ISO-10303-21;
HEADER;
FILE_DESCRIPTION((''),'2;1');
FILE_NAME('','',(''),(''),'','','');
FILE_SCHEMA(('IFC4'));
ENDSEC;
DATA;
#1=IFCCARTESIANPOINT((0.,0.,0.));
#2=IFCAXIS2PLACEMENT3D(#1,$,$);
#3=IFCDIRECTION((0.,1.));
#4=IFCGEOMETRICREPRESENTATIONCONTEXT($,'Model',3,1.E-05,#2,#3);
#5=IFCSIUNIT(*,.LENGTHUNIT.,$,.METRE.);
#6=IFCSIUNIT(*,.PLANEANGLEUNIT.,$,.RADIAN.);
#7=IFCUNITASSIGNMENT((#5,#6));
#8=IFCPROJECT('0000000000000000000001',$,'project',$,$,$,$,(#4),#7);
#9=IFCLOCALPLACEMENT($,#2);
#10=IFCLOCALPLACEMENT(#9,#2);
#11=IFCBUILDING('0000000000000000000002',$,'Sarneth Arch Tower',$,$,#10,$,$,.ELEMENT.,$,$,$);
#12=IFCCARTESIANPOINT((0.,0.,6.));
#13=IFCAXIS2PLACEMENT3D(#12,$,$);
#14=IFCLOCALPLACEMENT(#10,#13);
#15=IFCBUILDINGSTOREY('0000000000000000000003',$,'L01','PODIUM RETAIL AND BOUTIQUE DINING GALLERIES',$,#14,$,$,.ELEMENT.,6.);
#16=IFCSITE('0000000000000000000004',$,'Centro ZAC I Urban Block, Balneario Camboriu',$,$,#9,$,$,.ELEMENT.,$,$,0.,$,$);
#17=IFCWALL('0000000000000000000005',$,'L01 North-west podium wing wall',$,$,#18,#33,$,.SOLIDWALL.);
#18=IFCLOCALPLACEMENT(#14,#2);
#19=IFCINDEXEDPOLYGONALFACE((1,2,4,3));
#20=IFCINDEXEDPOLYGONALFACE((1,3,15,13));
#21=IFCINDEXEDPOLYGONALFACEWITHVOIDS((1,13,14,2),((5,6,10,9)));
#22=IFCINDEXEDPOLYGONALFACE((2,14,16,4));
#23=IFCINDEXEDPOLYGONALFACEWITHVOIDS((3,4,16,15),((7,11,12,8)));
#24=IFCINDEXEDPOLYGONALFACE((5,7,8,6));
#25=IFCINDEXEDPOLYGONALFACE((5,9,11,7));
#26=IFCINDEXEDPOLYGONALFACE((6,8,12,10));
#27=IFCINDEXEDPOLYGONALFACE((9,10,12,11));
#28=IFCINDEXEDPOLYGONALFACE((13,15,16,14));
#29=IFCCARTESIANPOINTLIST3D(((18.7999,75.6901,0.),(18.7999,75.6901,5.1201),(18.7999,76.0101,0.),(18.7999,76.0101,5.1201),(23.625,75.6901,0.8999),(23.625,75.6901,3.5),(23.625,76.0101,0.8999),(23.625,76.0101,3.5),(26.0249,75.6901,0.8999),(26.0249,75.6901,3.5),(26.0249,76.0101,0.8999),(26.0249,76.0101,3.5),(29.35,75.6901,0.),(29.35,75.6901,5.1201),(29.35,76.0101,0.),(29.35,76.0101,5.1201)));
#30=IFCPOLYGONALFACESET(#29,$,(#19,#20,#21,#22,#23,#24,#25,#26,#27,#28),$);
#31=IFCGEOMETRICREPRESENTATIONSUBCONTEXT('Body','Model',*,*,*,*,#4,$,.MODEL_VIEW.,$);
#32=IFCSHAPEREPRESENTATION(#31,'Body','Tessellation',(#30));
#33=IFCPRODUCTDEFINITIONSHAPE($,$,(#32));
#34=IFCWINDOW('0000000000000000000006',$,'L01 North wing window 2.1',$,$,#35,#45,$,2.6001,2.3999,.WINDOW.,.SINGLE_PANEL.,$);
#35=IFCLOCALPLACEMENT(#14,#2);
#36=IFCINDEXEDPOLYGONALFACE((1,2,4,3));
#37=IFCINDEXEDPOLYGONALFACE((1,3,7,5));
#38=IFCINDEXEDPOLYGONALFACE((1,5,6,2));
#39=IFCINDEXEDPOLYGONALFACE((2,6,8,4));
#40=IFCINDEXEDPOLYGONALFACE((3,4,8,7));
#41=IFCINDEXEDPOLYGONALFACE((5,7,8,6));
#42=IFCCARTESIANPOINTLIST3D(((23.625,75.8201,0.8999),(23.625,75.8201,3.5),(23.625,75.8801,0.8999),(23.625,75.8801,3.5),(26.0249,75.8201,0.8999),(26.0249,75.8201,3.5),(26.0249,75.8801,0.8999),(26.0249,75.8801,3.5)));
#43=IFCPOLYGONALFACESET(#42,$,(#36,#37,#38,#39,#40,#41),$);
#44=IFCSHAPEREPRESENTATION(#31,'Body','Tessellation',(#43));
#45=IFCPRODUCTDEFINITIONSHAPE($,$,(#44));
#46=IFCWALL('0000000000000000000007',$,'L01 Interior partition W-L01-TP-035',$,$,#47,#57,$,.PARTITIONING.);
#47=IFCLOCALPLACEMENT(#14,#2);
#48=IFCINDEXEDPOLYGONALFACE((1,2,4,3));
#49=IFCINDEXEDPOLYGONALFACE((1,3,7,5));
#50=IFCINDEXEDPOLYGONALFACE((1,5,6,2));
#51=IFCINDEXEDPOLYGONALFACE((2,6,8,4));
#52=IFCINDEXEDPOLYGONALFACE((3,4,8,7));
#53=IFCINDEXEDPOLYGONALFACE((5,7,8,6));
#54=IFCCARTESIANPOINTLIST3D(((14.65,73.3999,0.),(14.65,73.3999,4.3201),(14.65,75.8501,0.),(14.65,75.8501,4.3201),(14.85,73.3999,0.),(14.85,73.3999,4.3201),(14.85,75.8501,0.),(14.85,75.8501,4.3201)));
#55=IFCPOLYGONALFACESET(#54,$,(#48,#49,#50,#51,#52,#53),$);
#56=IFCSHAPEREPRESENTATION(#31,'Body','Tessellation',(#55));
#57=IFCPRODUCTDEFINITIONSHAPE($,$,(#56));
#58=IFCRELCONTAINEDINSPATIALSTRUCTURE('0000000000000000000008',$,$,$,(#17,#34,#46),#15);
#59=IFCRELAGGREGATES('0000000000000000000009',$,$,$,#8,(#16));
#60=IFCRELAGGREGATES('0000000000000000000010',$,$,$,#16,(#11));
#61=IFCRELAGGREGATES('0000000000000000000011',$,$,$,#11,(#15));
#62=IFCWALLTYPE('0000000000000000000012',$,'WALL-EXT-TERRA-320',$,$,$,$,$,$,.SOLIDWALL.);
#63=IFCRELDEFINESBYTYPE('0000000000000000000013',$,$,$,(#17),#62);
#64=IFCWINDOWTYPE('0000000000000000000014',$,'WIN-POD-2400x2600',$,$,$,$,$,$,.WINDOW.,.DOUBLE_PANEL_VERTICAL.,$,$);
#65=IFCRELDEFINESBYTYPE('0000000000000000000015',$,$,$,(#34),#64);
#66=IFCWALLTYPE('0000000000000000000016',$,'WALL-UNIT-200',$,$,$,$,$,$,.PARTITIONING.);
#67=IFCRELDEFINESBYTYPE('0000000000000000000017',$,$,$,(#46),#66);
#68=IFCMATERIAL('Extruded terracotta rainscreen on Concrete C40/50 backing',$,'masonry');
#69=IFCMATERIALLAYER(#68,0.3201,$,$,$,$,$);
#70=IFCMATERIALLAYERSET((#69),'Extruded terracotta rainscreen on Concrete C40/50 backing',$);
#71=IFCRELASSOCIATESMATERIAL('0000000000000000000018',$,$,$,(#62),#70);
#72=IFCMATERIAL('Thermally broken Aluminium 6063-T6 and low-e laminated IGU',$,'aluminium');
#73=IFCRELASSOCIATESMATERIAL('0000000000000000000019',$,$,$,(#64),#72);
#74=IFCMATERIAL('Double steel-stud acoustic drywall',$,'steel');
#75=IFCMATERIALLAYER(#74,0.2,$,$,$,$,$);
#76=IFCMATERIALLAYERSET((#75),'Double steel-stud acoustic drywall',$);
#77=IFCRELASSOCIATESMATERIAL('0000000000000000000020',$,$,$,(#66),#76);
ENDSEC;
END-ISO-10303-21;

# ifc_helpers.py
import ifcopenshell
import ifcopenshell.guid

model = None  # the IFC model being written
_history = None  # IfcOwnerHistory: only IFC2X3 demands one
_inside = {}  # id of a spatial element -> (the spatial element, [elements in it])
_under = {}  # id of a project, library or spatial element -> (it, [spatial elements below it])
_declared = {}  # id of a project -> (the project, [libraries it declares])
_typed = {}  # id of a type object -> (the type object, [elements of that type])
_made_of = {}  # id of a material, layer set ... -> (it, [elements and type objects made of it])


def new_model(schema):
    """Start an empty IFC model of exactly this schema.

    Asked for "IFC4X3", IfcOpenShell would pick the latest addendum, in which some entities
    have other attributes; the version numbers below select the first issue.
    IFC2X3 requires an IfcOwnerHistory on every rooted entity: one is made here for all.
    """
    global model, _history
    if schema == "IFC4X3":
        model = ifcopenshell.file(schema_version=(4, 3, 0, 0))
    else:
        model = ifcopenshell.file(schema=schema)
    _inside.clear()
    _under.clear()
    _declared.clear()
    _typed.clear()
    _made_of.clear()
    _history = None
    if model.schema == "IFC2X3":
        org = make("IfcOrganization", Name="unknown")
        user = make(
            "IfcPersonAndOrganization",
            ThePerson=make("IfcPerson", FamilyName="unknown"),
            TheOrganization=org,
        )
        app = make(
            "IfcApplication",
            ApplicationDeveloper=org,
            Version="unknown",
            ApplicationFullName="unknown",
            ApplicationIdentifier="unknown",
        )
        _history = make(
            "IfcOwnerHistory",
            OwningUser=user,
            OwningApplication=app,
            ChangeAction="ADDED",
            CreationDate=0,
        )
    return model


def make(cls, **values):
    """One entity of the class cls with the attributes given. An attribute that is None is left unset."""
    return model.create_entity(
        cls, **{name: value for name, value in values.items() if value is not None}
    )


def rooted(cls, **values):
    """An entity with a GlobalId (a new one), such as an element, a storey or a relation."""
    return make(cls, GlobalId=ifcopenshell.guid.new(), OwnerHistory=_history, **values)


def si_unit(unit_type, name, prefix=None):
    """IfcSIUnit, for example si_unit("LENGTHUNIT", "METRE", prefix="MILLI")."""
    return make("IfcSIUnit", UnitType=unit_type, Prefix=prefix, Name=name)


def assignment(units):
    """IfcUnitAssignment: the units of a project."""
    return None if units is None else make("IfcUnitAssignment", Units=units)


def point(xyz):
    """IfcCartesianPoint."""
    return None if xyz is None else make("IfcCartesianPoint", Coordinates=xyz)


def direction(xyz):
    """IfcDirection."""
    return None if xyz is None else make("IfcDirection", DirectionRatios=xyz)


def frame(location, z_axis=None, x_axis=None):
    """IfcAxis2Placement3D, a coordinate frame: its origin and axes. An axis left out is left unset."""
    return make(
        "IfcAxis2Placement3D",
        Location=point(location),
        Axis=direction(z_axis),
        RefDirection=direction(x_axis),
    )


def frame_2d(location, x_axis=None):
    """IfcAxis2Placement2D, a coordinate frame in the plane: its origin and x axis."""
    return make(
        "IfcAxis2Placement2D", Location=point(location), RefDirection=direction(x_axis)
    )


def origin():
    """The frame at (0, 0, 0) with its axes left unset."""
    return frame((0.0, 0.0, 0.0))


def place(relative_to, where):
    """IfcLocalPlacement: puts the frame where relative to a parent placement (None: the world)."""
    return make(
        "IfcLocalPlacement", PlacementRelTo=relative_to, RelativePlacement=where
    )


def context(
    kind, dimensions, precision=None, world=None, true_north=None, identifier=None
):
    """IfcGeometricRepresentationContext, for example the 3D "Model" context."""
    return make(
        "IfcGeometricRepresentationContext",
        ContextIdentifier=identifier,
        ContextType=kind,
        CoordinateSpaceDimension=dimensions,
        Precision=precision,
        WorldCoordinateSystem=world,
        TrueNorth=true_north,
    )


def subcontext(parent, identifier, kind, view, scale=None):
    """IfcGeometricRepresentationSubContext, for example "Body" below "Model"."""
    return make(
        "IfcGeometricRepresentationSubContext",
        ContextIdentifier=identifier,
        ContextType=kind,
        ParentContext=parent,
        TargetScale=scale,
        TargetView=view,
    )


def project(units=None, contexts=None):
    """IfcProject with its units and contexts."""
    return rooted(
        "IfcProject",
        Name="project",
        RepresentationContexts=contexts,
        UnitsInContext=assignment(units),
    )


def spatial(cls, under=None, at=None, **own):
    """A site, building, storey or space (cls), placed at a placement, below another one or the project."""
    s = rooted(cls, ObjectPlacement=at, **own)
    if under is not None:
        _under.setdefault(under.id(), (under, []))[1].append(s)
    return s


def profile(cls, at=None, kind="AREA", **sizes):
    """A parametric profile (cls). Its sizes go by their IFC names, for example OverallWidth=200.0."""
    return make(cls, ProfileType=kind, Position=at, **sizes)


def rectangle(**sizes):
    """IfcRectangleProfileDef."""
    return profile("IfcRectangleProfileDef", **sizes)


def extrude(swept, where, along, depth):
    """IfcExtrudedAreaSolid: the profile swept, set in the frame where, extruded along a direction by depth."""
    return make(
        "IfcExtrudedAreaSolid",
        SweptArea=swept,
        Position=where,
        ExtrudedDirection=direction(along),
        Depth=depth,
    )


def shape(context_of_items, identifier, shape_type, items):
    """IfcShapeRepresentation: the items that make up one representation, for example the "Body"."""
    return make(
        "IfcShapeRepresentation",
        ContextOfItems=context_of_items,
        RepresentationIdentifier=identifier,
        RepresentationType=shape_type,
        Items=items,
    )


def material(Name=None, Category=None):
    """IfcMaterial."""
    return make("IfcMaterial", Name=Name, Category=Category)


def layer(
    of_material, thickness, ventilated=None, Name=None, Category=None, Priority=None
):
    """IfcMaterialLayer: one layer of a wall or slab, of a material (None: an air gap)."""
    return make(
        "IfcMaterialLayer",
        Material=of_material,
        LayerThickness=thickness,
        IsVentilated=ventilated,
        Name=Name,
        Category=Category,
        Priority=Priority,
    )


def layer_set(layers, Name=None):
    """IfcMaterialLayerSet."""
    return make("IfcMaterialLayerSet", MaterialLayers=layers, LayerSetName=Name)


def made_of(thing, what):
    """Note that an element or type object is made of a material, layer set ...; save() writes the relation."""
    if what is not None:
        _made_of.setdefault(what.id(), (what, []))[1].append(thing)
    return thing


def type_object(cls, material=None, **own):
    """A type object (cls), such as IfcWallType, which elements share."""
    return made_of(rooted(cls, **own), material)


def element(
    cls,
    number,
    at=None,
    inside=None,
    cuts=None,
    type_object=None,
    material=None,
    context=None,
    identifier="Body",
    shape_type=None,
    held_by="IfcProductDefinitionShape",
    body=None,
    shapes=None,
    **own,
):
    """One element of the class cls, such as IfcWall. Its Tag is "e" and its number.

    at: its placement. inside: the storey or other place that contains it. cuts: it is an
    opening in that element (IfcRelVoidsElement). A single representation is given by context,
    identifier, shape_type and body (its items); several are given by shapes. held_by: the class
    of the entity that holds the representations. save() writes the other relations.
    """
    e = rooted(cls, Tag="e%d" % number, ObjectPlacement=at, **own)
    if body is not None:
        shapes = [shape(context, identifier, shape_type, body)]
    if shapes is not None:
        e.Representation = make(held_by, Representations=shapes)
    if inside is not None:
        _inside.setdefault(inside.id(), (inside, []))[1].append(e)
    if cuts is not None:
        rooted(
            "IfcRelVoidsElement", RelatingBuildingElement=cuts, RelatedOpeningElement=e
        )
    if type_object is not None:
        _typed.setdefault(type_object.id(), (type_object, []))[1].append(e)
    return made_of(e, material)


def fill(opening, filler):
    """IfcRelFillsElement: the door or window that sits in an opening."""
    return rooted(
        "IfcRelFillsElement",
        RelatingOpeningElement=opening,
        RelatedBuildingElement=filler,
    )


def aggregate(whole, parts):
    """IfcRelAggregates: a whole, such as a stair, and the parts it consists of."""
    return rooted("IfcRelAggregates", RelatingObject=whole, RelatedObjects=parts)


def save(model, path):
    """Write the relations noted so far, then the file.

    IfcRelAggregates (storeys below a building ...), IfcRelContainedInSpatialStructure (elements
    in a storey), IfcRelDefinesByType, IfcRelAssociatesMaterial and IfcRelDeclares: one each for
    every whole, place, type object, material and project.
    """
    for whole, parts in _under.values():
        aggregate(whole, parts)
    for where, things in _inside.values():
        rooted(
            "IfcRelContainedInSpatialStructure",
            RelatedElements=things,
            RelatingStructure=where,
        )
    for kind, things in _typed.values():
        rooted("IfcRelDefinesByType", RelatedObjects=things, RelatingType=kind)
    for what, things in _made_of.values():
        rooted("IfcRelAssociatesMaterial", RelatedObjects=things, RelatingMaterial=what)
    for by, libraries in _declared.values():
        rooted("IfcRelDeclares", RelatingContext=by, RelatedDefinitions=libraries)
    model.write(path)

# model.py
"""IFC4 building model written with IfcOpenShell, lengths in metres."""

from ifc_helpers import new_model, si_unit, direction, frame, frame_2d, origin, place, context, subcontext, project, spatial, rectangle, extrude, material, layer, layer_set, type_object, element, fill, save


model = new_model("IFC4")

# Units and contexts
model_context = context("Model", 3, precision=1e-05, world=origin(), true_north=direction((0.0, 1.0)))
body_context = subcontext(model_context, "Body", "Model", "MODEL_VIEW")
ifc_project = project(units=[si_unit("LENGTHUNIT", "METRE"), si_unit("PLANEANGLEUNIT", "RADIAN")], contexts=[model_context])

# Site, building, storey
site_placement = place(None, origin())
site = spatial("IfcSite", under=ifc_project, at=site_placement, Name="Centro ZAC I Urban Block, Balneario Camboriu", CompositionType="ELEMENT", RefElevation=0.0)
building_placement = place(site_placement, origin())
building = spatial("IfcBuilding", under=site, at=building_placement, Name="Sarneth Arch Tower", CompositionType="ELEMENT")
storey_placement = place(building_placement, frame((0.0, 0.0, 6.0)))
storey = spatial("IfcBuildingStorey", under=building, at=storey_placement, Name="L01", Description="PODIUM RETAIL AND BOUTIQUE DINING GALLERIES", CompositionType="ELEMENT", Elevation=6.0)

# Shared definitions
ifc_material_1 = material(Name="Extruded terracotta rainscreen on Concrete C40/50 backing", Category="masonry")
ifc_layer_1 = layer(ifc_material_1, 0.3201)
ifc_layer_set_1 = layer_set([ifc_layer_1], Name="Extruded terracotta rainscreen on Concrete C40/50 backing")
wall_type_1 = type_object("IfcWallType", Name="WALL-EXT-TERRA-320", PredefinedType="SOLIDWALL", material=ifc_layer_set_1)

# Wall, opening, window
wall_1_placement = place(storey_placement, frame((18.8, 75.8501, 0.0), z_axis=(0.0, 0.0, 1.0), x_axis=(1.0, 0.0, 0.0)))
wall_1 = element("IfcWall", 1, at=wall_1_placement, inside=storey, type_object=wall_type_1, Name="L01 North-west podium wing wall", PredefinedType="SOLIDWALL", context=body_context, shape_type="SweptSolid", body=[
    extrude(rectangle(XDim=10.55, YDim=0.3201, at=frame_2d((5.2749, 0.0))), origin(), (0.0, 0.0, 1.0), 5.1201),
])
opening_placement = place(wall_1_placement, frame((4.825, 0.0, 0.8999)))
opening = element("IfcOpeningElement", 2, at=opening_placement, cuts=wall_1, PredefinedType="OPENING", context=body_context, shape_type="SweptSolid", body=[
    extrude(rectangle(XDim=2.3999, YDim=2.6001, at=frame_2d((1.2, 1.3))), frame((0.0, 0.1699, 0.0), z_axis=(0.0, -1.0, 0.0), x_axis=(1.0, 0.0, 0.0)), (0.0, 0.0, 1.0), 0.3401),
])
ifc_material_2 = material(Name="Thermally broken Aluminium 6063-T6 and low-e laminated IGU", Category="aluminium")
window_type = type_object("IfcWindowType", Name="WIN-POD-2400x2600", PartitioningType="DOUBLE_PANEL_VERTICAL", PredefinedType="WINDOW", material=ifc_material_2)
window_placement = place(opening_placement, origin())
window = element("IfcWindow", 3, at=window_placement, inside=storey, type_object=window_type, Name="L01 North wing window 2.1", OverallHeight=2.6001, OverallWidth=2.3999, PartitioningType="SINGLE_PANEL", PredefinedType="WINDOW", context=body_context, shape_type="SweptSolid", body=[
    extrude(rectangle(XDim=2.3999, YDim=2.6001, at=frame_2d((1.2, 1.3))), frame((0.0, 0.03, 0.0), z_axis=(0.0, -1.0, 0.0), x_axis=(1.0, 0.0, 0.0)), (0.0, 0.0, 1.0), 0.0601),
])
fill(opening, window)

# Wall
ifc_material_3 = material(Name="Double steel-stud acoustic drywall", Category="steel")
ifc_layer_2 = layer(ifc_material_3, 0.2)
ifc_layer_set_2 = layer_set([ifc_layer_2], Name="Double steel-stud acoustic drywall")
wall_type_2 = type_object("IfcWallType", Name="WALL-UNIT-200", PredefinedType="PARTITIONING", material=ifc_layer_set_2)
wall_2_placement = place(storey_placement, frame((14.75, 75.8501, 0.0), z_axis=(0.0, 0.0, 1.0), x_axis=(0.0, -1.0, 0.0)))
element("IfcWall", 4, at=wall_2_placement, inside=storey, type_object=wall_type_2, Name="L01 Interior partition W-L01-TP-035", PredefinedType="PARTITIONING", context=body_context, shape_type="SweptSolid", body=[
    extrude(rectangle(XDim=2.4502, YDim=0.2, at=frame_2d((1.2251, 0.0))), origin(), (0.0, 0.0, 1.0), 4.3201),
])

save(model, "model.ifc")
